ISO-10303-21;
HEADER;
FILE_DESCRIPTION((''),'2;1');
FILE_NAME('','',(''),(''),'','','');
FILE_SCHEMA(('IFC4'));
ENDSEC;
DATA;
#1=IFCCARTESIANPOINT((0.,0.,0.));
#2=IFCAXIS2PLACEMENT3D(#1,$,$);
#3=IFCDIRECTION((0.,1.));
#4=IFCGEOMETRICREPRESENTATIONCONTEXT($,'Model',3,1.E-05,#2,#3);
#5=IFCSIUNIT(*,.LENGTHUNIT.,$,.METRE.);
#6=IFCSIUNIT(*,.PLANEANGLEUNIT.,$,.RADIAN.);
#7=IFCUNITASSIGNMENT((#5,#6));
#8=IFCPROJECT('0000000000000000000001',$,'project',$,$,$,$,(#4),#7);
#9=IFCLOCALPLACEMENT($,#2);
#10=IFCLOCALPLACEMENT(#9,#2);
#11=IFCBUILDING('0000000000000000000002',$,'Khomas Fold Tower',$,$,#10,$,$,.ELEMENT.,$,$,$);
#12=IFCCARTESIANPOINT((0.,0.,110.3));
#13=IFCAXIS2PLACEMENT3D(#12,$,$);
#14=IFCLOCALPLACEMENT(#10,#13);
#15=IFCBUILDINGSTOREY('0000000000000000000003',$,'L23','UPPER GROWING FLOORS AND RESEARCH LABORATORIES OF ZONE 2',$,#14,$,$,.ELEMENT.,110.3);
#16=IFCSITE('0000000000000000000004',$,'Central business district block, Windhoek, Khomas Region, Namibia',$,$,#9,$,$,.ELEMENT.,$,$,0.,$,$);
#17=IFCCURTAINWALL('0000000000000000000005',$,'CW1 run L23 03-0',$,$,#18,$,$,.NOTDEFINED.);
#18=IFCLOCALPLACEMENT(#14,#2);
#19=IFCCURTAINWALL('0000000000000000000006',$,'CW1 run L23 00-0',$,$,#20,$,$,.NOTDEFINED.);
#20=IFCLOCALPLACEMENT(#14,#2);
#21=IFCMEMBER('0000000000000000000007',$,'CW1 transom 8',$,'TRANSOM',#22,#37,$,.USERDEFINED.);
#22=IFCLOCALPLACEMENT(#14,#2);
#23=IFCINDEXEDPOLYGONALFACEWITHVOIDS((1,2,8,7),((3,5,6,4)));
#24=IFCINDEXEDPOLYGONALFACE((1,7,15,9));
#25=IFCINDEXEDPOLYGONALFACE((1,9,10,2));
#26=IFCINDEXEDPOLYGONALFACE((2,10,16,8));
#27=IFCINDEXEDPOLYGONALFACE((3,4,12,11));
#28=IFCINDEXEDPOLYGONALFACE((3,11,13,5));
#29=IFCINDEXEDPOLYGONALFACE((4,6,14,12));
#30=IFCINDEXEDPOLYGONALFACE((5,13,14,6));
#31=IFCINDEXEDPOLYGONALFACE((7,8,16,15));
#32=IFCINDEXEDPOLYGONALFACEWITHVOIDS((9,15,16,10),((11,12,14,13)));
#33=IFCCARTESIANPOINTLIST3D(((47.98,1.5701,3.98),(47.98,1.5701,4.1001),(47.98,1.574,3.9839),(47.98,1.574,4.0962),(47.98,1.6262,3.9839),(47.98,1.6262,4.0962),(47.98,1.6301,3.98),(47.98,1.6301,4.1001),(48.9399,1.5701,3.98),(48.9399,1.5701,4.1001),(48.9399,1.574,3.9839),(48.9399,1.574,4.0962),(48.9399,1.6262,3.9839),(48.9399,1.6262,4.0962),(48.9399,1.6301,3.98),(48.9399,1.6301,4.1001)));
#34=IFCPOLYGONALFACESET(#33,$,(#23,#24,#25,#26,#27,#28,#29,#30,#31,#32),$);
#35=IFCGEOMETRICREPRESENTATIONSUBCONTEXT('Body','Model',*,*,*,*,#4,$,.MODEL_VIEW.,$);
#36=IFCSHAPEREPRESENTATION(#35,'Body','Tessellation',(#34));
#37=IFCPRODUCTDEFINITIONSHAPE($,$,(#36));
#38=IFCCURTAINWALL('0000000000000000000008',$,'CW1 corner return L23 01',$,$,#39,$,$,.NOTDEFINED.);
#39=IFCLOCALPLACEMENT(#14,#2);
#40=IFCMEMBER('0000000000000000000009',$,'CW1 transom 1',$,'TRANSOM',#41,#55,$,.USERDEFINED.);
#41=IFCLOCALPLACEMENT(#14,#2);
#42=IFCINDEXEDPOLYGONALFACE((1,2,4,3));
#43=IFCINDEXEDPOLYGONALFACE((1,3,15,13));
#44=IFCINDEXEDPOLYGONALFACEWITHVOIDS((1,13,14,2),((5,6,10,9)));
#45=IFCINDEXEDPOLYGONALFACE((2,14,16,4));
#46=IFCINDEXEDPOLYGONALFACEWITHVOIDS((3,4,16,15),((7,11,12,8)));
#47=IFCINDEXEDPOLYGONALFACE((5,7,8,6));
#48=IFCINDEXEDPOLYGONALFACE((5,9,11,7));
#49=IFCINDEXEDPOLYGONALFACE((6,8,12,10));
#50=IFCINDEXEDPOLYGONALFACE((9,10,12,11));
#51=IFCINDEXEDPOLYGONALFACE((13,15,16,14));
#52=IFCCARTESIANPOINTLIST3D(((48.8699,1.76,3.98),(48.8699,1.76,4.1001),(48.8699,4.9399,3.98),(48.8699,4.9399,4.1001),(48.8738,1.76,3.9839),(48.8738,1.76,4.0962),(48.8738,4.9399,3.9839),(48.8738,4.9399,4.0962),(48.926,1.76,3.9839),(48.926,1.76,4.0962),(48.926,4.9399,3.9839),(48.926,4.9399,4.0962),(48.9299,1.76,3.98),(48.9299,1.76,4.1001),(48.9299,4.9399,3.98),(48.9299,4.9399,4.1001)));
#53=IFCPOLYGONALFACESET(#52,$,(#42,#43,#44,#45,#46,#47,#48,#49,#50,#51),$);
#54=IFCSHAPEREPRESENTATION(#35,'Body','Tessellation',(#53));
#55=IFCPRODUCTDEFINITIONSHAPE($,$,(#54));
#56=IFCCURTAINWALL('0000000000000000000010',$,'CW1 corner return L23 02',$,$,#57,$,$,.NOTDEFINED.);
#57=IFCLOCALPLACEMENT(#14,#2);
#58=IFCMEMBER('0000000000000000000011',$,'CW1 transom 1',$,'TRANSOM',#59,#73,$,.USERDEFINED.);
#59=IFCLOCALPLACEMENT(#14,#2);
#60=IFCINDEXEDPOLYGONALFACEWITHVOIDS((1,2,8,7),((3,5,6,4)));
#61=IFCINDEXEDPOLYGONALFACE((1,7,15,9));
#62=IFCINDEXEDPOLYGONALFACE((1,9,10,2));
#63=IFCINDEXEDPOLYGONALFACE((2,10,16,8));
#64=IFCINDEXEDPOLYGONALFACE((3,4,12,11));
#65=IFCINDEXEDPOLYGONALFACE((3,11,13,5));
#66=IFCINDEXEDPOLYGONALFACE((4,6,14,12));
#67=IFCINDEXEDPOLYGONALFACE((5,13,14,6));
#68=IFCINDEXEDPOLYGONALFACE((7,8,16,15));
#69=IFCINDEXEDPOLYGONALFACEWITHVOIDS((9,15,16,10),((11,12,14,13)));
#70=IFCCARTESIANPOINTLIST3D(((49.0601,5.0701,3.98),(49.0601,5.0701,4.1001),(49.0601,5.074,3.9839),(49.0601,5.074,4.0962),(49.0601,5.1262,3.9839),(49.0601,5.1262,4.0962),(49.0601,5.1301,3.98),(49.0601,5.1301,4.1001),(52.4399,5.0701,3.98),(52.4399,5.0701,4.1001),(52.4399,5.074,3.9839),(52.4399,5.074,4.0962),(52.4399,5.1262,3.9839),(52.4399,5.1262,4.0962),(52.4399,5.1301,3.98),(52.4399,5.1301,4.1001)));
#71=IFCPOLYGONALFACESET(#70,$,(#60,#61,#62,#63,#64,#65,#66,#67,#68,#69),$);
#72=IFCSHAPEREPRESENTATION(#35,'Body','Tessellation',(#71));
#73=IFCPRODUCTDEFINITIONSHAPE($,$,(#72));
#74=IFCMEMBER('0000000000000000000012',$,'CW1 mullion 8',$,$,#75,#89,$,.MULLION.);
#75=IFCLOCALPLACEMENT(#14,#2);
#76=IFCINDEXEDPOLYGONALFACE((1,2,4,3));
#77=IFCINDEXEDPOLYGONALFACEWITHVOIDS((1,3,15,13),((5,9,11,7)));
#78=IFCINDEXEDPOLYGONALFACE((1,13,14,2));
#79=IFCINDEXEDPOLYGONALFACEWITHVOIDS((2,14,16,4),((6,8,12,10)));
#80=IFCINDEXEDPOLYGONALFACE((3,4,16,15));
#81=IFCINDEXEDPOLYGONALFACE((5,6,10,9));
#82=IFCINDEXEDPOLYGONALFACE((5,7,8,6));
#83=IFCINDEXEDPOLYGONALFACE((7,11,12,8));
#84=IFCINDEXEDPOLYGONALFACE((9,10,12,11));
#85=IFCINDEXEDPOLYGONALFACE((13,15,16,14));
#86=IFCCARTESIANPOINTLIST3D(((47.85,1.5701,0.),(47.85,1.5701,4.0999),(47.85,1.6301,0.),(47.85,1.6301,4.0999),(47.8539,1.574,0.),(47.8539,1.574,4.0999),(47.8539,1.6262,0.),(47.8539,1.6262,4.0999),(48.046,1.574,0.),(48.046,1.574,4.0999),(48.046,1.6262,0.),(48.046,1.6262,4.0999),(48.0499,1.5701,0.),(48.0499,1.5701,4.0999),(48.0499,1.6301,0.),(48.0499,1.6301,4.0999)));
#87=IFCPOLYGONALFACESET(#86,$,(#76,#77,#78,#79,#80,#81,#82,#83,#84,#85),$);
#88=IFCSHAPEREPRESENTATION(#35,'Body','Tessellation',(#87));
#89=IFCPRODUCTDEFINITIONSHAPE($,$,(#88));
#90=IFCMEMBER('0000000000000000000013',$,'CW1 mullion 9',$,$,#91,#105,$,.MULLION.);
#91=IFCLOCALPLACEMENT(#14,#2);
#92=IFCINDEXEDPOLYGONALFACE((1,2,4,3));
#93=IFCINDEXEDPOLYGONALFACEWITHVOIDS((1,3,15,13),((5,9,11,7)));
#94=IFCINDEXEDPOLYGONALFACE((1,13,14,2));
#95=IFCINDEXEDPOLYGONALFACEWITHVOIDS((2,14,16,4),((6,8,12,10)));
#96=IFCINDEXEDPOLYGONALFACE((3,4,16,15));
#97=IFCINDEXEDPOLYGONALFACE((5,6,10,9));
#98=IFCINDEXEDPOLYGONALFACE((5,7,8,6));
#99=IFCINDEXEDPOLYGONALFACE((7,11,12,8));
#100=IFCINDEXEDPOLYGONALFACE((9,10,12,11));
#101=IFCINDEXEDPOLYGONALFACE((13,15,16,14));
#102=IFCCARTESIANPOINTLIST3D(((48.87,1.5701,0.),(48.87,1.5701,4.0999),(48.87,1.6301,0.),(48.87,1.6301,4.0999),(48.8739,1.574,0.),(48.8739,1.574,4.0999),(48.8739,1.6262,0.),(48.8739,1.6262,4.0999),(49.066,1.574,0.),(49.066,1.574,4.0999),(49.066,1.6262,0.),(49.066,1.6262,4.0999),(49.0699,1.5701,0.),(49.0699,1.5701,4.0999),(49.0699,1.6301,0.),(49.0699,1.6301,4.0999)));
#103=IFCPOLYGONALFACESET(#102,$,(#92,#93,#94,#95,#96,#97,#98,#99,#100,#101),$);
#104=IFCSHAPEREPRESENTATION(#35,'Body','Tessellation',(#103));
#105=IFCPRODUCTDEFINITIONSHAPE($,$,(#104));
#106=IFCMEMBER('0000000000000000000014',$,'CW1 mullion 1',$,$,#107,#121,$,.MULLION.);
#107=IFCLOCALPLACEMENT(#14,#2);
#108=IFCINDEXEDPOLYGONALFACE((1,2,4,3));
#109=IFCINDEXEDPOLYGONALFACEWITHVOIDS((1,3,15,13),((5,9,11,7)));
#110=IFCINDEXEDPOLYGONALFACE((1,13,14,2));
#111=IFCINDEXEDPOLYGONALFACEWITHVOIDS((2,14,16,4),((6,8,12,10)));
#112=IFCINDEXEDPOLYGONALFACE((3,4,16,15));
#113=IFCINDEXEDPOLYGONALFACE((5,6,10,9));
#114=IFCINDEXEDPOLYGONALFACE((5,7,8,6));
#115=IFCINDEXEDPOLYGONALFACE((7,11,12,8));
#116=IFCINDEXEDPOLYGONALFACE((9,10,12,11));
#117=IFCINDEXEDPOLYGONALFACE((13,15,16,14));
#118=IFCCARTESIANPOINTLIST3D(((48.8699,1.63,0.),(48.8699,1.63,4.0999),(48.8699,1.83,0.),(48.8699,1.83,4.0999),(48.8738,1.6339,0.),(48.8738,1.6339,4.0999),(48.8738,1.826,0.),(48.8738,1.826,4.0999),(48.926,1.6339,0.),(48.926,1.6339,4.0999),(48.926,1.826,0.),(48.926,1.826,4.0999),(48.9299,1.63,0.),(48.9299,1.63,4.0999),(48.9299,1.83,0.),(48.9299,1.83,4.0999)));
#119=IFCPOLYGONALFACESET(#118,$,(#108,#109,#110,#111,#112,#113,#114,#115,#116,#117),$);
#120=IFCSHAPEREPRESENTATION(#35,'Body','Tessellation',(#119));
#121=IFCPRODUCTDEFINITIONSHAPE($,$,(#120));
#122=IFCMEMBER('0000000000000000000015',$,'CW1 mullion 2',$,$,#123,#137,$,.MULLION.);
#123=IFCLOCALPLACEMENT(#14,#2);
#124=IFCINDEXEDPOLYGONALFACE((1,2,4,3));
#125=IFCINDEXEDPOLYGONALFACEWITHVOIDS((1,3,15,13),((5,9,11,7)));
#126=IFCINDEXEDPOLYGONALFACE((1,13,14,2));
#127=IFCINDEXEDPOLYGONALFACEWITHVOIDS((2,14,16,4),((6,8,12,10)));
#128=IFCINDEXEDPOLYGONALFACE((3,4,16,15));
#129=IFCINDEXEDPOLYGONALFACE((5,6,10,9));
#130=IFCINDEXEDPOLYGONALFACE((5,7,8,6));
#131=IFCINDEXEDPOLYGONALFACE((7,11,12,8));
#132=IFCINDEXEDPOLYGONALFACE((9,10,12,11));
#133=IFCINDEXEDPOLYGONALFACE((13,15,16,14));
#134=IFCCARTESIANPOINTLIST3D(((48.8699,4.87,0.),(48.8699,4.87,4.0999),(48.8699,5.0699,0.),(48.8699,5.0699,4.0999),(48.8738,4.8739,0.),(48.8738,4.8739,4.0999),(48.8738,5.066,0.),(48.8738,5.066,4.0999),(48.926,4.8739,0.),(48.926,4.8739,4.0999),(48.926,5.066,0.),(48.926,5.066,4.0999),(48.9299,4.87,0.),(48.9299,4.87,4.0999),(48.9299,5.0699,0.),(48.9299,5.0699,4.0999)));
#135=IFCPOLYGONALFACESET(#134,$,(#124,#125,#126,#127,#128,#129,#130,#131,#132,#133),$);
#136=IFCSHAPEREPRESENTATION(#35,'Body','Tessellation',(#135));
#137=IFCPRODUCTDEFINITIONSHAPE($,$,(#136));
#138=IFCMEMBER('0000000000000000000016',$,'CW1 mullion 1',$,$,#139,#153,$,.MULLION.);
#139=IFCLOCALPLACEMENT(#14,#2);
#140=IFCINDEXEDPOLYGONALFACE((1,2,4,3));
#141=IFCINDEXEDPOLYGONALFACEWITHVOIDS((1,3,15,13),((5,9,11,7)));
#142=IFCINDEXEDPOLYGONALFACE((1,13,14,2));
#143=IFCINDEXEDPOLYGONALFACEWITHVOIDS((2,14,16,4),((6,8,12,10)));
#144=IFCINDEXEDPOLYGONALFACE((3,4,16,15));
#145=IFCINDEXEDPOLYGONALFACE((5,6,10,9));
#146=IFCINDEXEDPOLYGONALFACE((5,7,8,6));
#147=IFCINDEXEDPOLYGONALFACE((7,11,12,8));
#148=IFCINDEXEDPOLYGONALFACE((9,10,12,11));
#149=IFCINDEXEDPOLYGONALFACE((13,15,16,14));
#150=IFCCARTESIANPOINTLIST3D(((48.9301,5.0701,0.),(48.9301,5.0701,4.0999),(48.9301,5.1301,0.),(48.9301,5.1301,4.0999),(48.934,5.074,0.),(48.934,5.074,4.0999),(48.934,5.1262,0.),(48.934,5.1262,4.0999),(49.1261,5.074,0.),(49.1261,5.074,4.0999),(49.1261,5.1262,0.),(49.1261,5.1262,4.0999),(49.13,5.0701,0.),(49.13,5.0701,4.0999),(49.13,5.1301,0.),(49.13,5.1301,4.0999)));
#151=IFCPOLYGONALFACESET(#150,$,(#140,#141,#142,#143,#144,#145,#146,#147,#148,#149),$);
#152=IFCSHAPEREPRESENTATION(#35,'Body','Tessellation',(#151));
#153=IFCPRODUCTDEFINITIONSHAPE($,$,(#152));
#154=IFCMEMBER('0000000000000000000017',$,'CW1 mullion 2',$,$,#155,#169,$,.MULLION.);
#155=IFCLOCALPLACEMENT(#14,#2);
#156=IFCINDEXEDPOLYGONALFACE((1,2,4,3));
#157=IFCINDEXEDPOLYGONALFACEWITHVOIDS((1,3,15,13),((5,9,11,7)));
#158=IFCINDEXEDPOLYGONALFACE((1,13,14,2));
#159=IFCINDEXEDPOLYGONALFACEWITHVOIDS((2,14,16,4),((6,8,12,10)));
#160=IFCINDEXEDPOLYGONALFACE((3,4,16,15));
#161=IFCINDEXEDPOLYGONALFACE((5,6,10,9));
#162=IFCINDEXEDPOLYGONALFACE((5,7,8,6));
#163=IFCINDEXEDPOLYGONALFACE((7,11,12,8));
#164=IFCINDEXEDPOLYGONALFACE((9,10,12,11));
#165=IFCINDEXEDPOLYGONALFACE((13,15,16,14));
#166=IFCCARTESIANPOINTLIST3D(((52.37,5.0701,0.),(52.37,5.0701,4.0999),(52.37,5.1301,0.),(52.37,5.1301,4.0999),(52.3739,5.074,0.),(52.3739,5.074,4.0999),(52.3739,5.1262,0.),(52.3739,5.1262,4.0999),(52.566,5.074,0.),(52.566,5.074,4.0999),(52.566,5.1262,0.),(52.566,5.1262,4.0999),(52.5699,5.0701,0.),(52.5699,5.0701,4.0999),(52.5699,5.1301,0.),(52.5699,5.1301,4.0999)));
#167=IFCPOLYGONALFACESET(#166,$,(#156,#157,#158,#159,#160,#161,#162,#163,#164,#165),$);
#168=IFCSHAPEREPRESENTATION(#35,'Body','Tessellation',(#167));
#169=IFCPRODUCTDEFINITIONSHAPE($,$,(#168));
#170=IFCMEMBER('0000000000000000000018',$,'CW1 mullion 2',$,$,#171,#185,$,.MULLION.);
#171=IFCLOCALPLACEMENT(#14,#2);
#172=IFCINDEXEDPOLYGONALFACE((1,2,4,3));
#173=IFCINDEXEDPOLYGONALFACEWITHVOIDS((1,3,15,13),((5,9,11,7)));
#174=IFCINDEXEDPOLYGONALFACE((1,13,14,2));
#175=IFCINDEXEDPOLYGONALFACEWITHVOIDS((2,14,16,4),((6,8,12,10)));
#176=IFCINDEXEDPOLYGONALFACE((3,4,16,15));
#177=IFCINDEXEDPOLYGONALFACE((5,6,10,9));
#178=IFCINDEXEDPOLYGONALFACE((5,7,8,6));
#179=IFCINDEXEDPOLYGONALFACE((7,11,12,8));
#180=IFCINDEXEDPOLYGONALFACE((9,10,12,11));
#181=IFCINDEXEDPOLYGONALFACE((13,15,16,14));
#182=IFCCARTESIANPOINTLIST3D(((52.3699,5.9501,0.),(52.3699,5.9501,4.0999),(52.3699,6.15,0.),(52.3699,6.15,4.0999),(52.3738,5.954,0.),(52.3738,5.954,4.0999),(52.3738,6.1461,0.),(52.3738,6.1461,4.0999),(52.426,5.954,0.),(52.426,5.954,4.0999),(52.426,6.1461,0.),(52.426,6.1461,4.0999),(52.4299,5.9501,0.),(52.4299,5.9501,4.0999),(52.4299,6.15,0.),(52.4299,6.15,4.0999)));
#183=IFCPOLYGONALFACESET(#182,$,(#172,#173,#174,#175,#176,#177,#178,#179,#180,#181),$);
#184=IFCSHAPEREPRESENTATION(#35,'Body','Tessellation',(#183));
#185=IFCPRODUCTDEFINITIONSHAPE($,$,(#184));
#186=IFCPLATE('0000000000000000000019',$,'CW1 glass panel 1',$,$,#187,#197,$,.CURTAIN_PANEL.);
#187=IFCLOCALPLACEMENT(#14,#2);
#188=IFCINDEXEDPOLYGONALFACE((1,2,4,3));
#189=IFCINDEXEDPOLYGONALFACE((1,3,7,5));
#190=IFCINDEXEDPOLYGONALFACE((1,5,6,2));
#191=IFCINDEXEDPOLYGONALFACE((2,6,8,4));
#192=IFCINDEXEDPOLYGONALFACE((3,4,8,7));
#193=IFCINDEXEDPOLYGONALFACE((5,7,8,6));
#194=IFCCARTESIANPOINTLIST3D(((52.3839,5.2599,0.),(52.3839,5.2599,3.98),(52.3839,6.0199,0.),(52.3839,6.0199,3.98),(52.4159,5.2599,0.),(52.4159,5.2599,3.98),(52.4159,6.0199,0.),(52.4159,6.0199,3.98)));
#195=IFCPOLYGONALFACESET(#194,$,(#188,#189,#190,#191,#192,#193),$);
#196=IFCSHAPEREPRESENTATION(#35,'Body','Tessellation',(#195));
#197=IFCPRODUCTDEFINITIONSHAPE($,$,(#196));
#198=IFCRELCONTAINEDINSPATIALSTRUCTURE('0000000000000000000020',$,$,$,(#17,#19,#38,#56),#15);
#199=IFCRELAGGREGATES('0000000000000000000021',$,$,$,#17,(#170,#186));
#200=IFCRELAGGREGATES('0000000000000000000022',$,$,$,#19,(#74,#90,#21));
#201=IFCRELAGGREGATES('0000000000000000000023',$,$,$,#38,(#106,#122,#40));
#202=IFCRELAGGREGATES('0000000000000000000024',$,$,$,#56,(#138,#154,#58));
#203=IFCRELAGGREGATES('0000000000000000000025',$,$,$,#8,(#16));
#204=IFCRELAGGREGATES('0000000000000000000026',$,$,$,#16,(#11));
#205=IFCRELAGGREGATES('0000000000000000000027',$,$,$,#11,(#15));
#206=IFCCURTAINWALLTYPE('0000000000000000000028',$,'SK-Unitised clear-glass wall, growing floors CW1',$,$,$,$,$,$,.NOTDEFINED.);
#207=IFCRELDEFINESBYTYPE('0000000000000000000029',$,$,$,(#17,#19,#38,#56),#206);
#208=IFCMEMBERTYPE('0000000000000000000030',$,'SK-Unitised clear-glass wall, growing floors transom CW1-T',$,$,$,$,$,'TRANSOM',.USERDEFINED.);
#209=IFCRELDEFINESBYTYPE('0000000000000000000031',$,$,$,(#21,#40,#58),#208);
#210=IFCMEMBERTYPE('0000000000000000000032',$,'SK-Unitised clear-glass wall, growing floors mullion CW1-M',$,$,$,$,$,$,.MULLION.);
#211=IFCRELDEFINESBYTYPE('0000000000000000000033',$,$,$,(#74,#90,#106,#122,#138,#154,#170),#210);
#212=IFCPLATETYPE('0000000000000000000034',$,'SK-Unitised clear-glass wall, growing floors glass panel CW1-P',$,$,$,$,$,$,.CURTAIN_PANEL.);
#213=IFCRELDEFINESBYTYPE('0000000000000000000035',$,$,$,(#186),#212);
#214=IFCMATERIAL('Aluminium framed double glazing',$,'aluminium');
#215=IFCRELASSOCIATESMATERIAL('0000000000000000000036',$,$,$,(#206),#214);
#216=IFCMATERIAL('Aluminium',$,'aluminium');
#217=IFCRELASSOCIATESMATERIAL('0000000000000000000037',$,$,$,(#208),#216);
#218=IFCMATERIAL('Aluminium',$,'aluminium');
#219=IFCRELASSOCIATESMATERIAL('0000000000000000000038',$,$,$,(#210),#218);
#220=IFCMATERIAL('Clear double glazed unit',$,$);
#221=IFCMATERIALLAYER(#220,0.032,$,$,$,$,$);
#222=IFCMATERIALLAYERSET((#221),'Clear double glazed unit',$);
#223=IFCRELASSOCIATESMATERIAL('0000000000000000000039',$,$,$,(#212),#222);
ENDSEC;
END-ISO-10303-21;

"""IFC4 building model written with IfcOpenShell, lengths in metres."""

from ifc_helpers import new_model, si_unit, direction, frame, origin, origin_2d, place, context, subcontext, project, spatial, rectangle, hollow_rectangle, extrude, source, transform, mapped, material, layer, layer_set, material_profile, profile_set, type_object, element, aggregate, save


model = new_model("IFC4")

# Units and contexts
model_context = context("Model", 3, precision=1e-05, world=origin(), true_north=direction((0.0, 1.0)))
body_context = subcontext(model_context, "Body", "Model", "MODEL_VIEW")
ifc_project = project(units=[si_unit("LENGTHUNIT", "METRE"), si_unit("PLANEANGLEUNIT", "RADIAN")], contexts=[model_context])

# Site, building, storey
site_placement = place(None, origin())
site = spatial("IfcSite", under=ifc_project, at=site_placement, Name="Central business district block, Windhoek, Khomas Region, Namibia", CompositionType="ELEMENT", RefElevation=0.0)
building_placement = place(site_placement, origin())
building = spatial("IfcBuilding", under=site, at=building_placement, Name="Khomas Fold Tower", CompositionType="ELEMENT")
storey_placement = place(building_placement, frame((0.0, 0.0, 110.3)))
storey = spatial("IfcBuildingStorey", under=building, at=storey_placement, Name="L23", Description="UPPER GROWING FLOORS AND RESEARCH LABORATORIES OF ZONE 2", CompositionType="ELEMENT", Elevation=110.3)

# Curtain wall
ifc_material_1 = material(Name="Aluminium framed double glazing", Category="aluminium")
curtain_wall_type = type_object("IfcCurtainWallType", Name="SK-Unitised clear-glass wall, growing floors CW1", PredefinedType="NOTDEFINED", material=ifc_material_1)
curtain_wall_1_placement = place(storey_placement, origin())
curtain_wall_1 = element("IfcCurtainWall", 1, at=curtain_wall_1_placement, inside=storey, type_object=curtain_wall_type, Name="CW1 run L23 03-0", PredefinedType="NOTDEFINED")
ifc_material_2 = material(Name="Aluminium", Category="aluminium")
ifc_material_profile_1 = material_profile(ifc_material_2, hollow_rectangle(XDim=0.0601, YDim=0.1201, WallThickness=0.0039, at=origin_2d()), Name="SK-Unitised clear-glass wall, growing floors transom CW1-T")
ifc_profile_set_1 = profile_set([ifc_material_profile_1], Name="Aluminium")
member_type_1 = type_object("IfcMemberType", Name="SK-Unitised clear-glass wall, growing floors transom CW1-T", ElementType="TRANSOM", PredefinedType="USERDEFINED", material=ifc_profile_set_1)

# Curtain walls, members
curtain_wall_2_placement = place(storey_placement, origin())
curtain_wall_2 = element("IfcCurtainWall", 2, at=curtain_wall_2_placement, inside=storey, type_object=curtain_wall_type, Name="CW1 run L23 00-0", PredefinedType="NOTDEFINED")
shared_shape_1 = source(origin(), body_context, "Body", "SweptSolid", [
    extrude(hollow_rectangle(XDim=0.0601, YDim=0.1201, WallThickness=0.0039, at=origin_2d()), origin(), (0.0, 0.0, 1.0), 0.96),
])
member_1_placement = place(storey_placement, frame((47.98, 1.6001, 4.04), z_axis=(1.0, 0.0, 0.0), x_axis=(0.0, 1.0, 0.0)))
member_1 = element("IfcMember", 3, at=member_1_placement, type_object=member_type_1, Name="CW1 transom 8", ObjectType="TRANSOM", PredefinedType="USERDEFINED", context=body_context, shape_type="MappedRepresentation", body=[
    mapped(shared_shape_1, transform((0.0, 0.0, 0.0))),
])
curtain_wall_3_placement = place(storey_placement, origin())
curtain_wall_3 = element("IfcCurtainWall", 4, at=curtain_wall_3_placement, inside=storey, type_object=curtain_wall_type, Name="CW1 corner return L23 01", PredefinedType="NOTDEFINED")
shared_shape_2 = source(origin(), body_context, "Body", "SweptSolid", [
    extrude(hollow_rectangle(XDim=0.0601, YDim=0.1201, WallThickness=0.0039, at=origin_2d()), origin(), (0.0, 0.0, 1.0), 3.1799),
])
member_2_placement = place(storey_placement, frame((48.8999, 1.76, 4.04), z_axis=(0.0, 1.0, 0.0), x_axis=(-1.0, 0.0, 0.0)))
member_2 = element("IfcMember", 5, at=member_2_placement, type_object=member_type_1, Name="CW1 transom 1", ObjectType="TRANSOM", PredefinedType="USERDEFINED", context=body_context, shape_type="MappedRepresentation", body=[
    mapped(shared_shape_2, transform((0.0, 0.0, 0.0))),
])
curtain_wall_4_placement = place(storey_placement, origin())
curtain_wall_4 = element("IfcCurtainWall", 6, at=curtain_wall_4_placement, inside=storey, type_object=curtain_wall_type, Name="CW1 corner return L23 02", PredefinedType="NOTDEFINED")
shared_shape_3 = source(origin(), body_context, "Body", "SweptSolid", [
    extrude(hollow_rectangle(XDim=0.0601, YDim=0.1201, WallThickness=0.0039, at=origin_2d()), origin(), (0.0, 0.0, 1.0), 3.3799),
])
member_3_placement = place(storey_placement, frame((49.0601, 5.1001, 4.04), z_axis=(1.0, 0.0, 0.0), x_axis=(0.0, 1.0, 0.0)))
member_3 = element("IfcMember", 7, at=member_3_placement, type_object=member_type_1, Name="CW1 transom 1", ObjectType="TRANSOM", PredefinedType="USERDEFINED", context=body_context, shape_type="MappedRepresentation", body=[
    mapped(shared_shape_3, transform((0.0, 0.0, 0.0))),
])

# Members
ifc_material_3 = material(Name="Aluminium", Category="aluminium")
ifc_material_profile_2 = material_profile(ifc_material_3, hollow_rectangle(XDim=0.0601, YDim=0.2, WallThickness=0.0039, at=origin_2d()), Name="SK-Unitised clear-glass wall, growing floors mullion CW1-M")
ifc_profile_set_2 = profile_set([ifc_material_profile_2], Name="Aluminium")
member_type_2 = type_object("IfcMemberType", Name="SK-Unitised clear-glass wall, growing floors mullion CW1-M", PredefinedType="MULLION", material=ifc_profile_set_2)
shared_shape_4 = source(origin(), body_context, "Body", "SweptSolid", [
    extrude(hollow_rectangle(XDim=0.0601, YDim=0.2, WallThickness=0.0039, at=origin_2d()), origin(), (0.0, 0.0, 1.0), 4.0999),
])
member_4_placement = place(storey_placement, frame((47.95, 1.6001, 0.0), z_axis=(0.0, 0.0, 1.0), x_axis=(0.0, 1.0, 0.0)))
member_4 = element("IfcMember", 8, at=member_4_placement, type_object=member_type_2, Name="CW1 mullion 8", PredefinedType="MULLION", context=body_context, shape_type="MappedRepresentation", body=[
    mapped(shared_shape_4, transform((0.0, 0.0, 0.0))),
])
member_5_placement = place(storey_placement, frame((48.97, 1.6001, 0.0), z_axis=(0.0, 0.0, 1.0), x_axis=(0.0, 1.0, 0.0)))
member_5 = element("IfcMember", 9, at=member_5_placement, type_object=member_type_2, Name="CW1 mullion 9", PredefinedType="MULLION", context=body_context, shape_type="MappedRepresentation", body=[
    mapped(shared_shape_4, transform((0.0, 0.0, 0.0))),
])
member_6_placement = place(storey_placement, frame((48.8999, 1.73, 0.0), z_axis=(0.0, 0.0, 1.0), x_axis=(-1.0, 0.0, 0.0)))
member_6 = element("IfcMember", 10, at=member_6_placement, type_object=member_type_2, Name="CW1 mullion 1", PredefinedType="MULLION", context=body_context, shape_type="MappedRepresentation", body=[
    mapped(shared_shape_4, transform((0.0, 0.0, 0.0))),
])
member_7_placement = place(storey_placement, frame((48.8999, 4.97, 0.0), z_axis=(0.0, 0.0, 1.0), x_axis=(-1.0, 0.0, 0.0)))
member_7 = element("IfcMember", 11, at=member_7_placement, type_object=member_type_2, Name="CW1 mullion 2", PredefinedType="MULLION", context=body_context, shape_type="MappedRepresentation", body=[
    mapped(shared_shape_4, transform((0.0, 0.0, 0.0))),
])
member_8_placement = place(storey_placement, frame((49.03, 5.1001, 0.0), z_axis=(0.0, 0.0, 1.0), x_axis=(0.0, 1.0, 0.0)))
member_8 = element("IfcMember", 12, at=member_8_placement, type_object=member_type_2, Name="CW1 mullion 1", PredefinedType="MULLION", context=body_context, shape_type="MappedRepresentation", body=[
    mapped(shared_shape_4, transform((0.0, 0.0, 0.0))),
])
member_9_placement = place(storey_placement, frame((52.47, 5.1001, 0.0), z_axis=(0.0, 0.0, 1.0), x_axis=(0.0, 1.0, 0.0)))
member_9 = element("IfcMember", 13, at=member_9_placement, type_object=member_type_2, Name="CW1 mullion 2", PredefinedType="MULLION", context=body_context, shape_type="MappedRepresentation", body=[
    mapped(shared_shape_4, transform((0.0, 0.0, 0.0))),
])
member_10_placement = place(storey_placement, frame((52.3999, 6.05, 0.0), z_axis=(0.0, 0.0, 1.0), x_axis=(-1.0, 0.0, 0.0)))
member_10 = element("IfcMember", 14, at=member_10_placement, type_object=member_type_2, Name="CW1 mullion 2", PredefinedType="MULLION", context=body_context, shape_type="MappedRepresentation", body=[
    mapped(shared_shape_4, transform((0.0, 0.0, 0.0))),
])

# Plate
ifc_material_4 = material(Name="Clear double glazed unit")
ifc_layer = layer(ifc_material_4, 0.032)
ifc_layer_set = layer_set([ifc_layer], Name="Clear double glazed unit")
plate_type = type_object("IfcPlateType", Name="SK-Unitised clear-glass wall, growing floors glass panel CW1-P", PredefinedType="CURTAIN_PANEL", material=ifc_layer_set)
shared_shape_5 = source(origin(), body_context, "Body", "SweptSolid", [
    extrude(rectangle(XDim=0.76, YDim=0.032, at=origin_2d()), origin(), (0.0, 0.0, 1.0), 3.98),
])
plate_1_placement = place(storey_placement, frame((52.3999, 5.6399, 0.0), z_axis=(0.0, 0.0, 1.0), x_axis=(0.0, 1.0, 0.0)))
plate_1 = element("IfcPlate", 15, at=plate_1_placement, type_object=plate_type, Name="CW1 glass panel 1", PredefinedType="CURTAIN_PANEL", context=body_context, shape_type="MappedRepresentation", body=[
    mapped(shared_shape_5, transform((0.0, 0.0, 0.0))),
])
aggregate(curtain_wall_1, [member_10, plate_1])
aggregate(curtain_wall_2, [member_4, member_5, member_1])
aggregate(curtain_wall_3, [member_6, member_7, member_2])
aggregate(curtain_wall_4, [member_8, member_9, member_3])

save(model, "model.ifc")
